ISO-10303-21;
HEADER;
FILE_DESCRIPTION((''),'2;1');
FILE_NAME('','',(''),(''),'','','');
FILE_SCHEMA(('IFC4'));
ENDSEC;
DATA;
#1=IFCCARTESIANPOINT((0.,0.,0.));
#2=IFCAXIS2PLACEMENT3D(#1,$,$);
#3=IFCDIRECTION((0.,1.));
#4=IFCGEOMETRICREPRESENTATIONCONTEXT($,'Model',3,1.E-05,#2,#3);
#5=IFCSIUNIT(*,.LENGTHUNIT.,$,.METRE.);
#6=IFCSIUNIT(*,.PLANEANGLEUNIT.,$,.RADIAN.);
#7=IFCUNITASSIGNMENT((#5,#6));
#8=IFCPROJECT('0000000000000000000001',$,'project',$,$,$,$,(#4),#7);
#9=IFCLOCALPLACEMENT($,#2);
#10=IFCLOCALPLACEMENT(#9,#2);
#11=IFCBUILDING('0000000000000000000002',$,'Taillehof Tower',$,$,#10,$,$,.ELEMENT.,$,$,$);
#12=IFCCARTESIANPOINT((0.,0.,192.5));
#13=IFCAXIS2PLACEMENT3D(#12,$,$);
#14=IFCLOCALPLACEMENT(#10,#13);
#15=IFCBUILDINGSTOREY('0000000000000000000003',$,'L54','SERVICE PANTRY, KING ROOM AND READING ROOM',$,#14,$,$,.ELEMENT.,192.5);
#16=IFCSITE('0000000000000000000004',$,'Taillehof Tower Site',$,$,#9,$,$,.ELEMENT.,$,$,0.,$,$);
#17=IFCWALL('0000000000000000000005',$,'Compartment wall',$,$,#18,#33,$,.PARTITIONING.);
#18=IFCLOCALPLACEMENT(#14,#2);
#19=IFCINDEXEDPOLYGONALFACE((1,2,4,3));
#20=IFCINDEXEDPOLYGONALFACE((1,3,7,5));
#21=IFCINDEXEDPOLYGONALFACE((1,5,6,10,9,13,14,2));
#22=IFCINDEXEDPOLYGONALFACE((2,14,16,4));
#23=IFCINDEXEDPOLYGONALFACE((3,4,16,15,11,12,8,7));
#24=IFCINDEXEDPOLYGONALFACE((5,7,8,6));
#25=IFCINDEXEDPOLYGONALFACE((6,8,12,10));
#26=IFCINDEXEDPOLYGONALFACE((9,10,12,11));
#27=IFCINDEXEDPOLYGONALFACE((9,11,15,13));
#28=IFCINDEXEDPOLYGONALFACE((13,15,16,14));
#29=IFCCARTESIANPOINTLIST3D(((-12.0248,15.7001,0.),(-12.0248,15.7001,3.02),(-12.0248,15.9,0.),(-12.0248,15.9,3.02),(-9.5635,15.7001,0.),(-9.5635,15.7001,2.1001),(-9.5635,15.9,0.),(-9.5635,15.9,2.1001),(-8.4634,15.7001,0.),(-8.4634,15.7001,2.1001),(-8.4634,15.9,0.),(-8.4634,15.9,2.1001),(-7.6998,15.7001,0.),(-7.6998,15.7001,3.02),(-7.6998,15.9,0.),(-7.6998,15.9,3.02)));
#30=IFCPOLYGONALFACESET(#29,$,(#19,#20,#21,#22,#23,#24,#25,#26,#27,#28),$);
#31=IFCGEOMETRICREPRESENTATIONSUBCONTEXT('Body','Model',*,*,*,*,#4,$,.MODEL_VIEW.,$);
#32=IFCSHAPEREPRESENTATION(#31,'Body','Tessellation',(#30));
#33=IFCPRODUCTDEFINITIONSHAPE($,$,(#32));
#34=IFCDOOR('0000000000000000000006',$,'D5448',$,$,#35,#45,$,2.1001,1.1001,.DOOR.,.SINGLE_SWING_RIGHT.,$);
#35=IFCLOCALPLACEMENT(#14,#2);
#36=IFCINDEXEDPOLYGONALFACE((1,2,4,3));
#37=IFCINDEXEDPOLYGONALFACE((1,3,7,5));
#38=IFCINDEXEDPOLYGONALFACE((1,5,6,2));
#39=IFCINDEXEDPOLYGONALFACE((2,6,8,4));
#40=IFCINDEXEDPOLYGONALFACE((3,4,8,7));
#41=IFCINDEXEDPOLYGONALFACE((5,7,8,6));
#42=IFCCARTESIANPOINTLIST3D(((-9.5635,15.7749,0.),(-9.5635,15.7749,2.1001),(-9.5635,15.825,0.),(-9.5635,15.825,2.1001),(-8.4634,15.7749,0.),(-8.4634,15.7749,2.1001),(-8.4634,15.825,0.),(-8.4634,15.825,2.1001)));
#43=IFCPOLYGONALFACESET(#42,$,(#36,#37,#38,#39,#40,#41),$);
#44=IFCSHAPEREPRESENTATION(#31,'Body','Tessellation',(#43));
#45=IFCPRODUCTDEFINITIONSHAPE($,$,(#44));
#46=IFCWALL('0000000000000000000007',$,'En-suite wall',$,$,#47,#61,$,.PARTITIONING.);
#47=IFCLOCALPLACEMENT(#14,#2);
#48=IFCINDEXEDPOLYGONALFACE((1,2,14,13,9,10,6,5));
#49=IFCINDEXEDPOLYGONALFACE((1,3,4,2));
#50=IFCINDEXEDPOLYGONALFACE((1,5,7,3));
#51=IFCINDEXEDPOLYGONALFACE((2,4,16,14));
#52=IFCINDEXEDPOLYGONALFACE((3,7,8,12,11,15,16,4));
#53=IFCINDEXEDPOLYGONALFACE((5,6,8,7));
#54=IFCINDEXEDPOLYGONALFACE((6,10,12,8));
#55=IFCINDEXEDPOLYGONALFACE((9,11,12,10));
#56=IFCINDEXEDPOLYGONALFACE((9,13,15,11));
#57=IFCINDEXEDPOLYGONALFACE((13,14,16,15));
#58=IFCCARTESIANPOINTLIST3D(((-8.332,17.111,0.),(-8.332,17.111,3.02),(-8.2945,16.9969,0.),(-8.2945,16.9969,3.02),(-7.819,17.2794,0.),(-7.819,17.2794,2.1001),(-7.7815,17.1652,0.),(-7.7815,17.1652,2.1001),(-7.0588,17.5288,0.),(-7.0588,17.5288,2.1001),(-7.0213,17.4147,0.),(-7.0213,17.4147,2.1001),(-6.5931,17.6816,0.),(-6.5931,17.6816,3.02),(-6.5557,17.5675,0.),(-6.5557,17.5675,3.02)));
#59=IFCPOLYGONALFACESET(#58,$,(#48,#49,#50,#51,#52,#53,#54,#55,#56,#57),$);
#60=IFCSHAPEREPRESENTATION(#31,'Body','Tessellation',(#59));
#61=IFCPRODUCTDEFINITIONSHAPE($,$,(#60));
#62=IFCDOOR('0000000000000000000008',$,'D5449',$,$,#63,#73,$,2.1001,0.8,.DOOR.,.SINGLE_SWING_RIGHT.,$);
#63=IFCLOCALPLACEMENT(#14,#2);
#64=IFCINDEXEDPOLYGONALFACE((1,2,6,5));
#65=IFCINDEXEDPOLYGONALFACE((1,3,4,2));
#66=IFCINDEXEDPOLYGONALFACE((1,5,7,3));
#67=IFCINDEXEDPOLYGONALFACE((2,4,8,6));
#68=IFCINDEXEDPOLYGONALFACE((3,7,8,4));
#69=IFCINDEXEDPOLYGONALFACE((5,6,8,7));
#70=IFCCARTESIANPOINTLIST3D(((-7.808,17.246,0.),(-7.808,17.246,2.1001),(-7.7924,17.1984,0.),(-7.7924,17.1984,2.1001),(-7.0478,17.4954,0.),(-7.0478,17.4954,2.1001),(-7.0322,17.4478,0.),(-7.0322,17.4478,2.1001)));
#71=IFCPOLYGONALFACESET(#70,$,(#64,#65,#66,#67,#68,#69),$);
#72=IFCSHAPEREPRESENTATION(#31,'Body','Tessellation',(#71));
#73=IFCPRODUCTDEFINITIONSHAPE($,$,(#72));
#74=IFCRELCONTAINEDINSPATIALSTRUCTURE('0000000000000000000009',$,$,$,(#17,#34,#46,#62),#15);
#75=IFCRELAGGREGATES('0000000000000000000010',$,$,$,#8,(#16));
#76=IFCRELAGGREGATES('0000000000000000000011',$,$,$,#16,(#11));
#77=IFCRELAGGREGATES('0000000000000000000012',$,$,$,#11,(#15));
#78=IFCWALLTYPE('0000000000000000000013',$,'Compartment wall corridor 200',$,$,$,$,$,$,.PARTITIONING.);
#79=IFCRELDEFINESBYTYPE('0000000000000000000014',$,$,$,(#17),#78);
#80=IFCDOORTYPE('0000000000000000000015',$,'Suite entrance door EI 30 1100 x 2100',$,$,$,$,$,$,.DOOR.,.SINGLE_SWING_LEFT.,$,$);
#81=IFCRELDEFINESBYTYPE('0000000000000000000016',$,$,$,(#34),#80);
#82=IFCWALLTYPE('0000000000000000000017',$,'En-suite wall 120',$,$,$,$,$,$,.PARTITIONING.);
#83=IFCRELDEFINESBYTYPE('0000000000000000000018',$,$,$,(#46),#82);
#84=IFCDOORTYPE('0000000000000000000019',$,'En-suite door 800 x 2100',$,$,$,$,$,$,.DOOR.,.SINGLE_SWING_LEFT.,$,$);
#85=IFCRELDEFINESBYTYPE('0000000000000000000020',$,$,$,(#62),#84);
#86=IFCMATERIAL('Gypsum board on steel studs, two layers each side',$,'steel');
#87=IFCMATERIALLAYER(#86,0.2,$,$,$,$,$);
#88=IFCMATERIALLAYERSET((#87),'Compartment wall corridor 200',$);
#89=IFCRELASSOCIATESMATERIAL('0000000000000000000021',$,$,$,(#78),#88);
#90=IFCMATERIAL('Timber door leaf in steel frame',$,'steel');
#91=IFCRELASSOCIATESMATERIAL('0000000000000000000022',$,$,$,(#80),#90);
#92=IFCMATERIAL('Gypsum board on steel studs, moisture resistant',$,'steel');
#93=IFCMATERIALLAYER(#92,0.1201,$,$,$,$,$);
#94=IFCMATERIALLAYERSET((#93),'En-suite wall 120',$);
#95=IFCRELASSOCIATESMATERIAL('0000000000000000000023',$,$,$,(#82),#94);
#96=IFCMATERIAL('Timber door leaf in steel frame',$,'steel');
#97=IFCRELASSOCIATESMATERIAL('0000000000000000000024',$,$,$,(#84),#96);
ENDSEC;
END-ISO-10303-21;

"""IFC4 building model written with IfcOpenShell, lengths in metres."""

from ifc_helpers import new_model, si_unit, direction, frame, frame_2d, origin, place, context, subcontext, project, spatial, rectangle, extrude, material, layer, layer_set, type_object, element, fill, save


model = new_model("IFC4")

# Units and contexts
model_context = context("Model", 3, precision=1e-05, world=origin(), true_north=direction((0.0, 1.0)))
body_context = subcontext(model_context, "Body", "Model", "MODEL_VIEW")
ifc_project = project(units=[si_unit("LENGTHUNIT", "METRE"), si_unit("PLANEANGLEUNIT", "RADIAN")], contexts=[model_context])

# Site, building, storey
site_placement = place(None, origin())
site = spatial("IfcSite", under=ifc_project, at=site_placement, Name="Taillehof Tower Site", CompositionType="ELEMENT", RefElevation=0.0)
building_placement = place(site_placement, origin())
building = spatial("IfcBuilding", under=site, at=building_placement, Name="Taillehof Tower", CompositionType="ELEMENT")
storey_placement = place(building_placement, frame((0.0, 0.0, 192.5)))
storey = spatial("IfcBuildingStorey", under=building, at=storey_placement, Name="L54", Description="SERVICE PANTRY, KING ROOM AND READING ROOM", CompositionType="ELEMENT", Elevation=192.5)

# Shared definitions
ifc_material_1 = material(Name="Gypsum board on steel studs, two layers each side", Category="steel")
ifc_layer_1 = layer(ifc_material_1, 0.2)
ifc_layer_set_1 = layer_set([ifc_layer_1], Name="Compartment wall corridor 200")
wall_type_1 = type_object("IfcWallType", Name="Compartment wall corridor 200", PredefinedType="PARTITIONING", material=ifc_layer_set_1)

# Walls, openings, doors
wall_1_placement = place(storey_placement, frame((-12.0249, 15.8, 0.0), z_axis=(0.0, 0.0, 1.0), x_axis=(1.0, 0.0, 0.0)))
wall_1 = element("IfcWall", 1, at=wall_1_placement, inside=storey, type_object=wall_type_1, Name="Compartment wall", PredefinedType="PARTITIONING", context=body_context, shape_type="SweptSolid", body=[
    extrude(rectangle(XDim=4.325, YDim=0.2, at=frame_2d((2.1626, 0.0))), origin(), (0.0, 0.0, 1.0), 3.02),
])
opening_1_placement = place(wall_1_placement, frame((2.4614, 0.0, 0.0)))
opening_1 = element("IfcOpeningElement", 2, at=opening_1_placement, cuts=wall_1, PredefinedType="OPENING", context=body_context, shape_type="SweptSolid", body=[
    extrude(rectangle(XDim=1.1001, YDim=2.1001, at=frame_2d((0.55, 1.05))), frame((0.0, 0.1099, 0.0), z_axis=(0.0, -1.0, 0.0), x_axis=(1.0, 0.0, 0.0)), (0.0, 0.0, 1.0), 0.22),
])
ifc_material_2 = material(Name="Timber door leaf in steel frame", Category="steel")
door_type_1 = type_object("IfcDoorType", Name="Suite entrance door EI 30 1100 x 2100", OperationType="SINGLE_SWING_LEFT", PredefinedType="DOOR", material=ifc_material_2)
door_1_placement = place(opening_1_placement, origin())
door_1 = element("IfcDoor", 3, at=door_1_placement, inside=storey, type_object=door_type_1, Name="D5448", OperationType="SINGLE_SWING_RIGHT", OverallHeight=2.1001, OverallWidth=1.1001, PredefinedType="DOOR", context=body_context, shape_type="SweptSolid", body=[
    extrude(rectangle(XDim=1.1001, YDim=2.1001, at=frame_2d((0.55, 1.05))), frame((0.0, 0.0249, 0.0), z_axis=(0.0, -1.0, 0.0), x_axis=(1.0, 0.0, 0.0)), (0.0, 0.0, 1.0), 0.05),
])
fill(opening_1, door_1)
ifc_material_3 = material(Name="Gypsum board on steel studs, moisture resistant", Category="steel")
ifc_layer_2 = layer(ifc_material_3, 0.1201)
ifc_layer_set_2 = layer_set([ifc_layer_2], Name="En-suite wall 120")
wall_type_2 = type_object("IfcWallType", Name="En-suite wall 120", PredefinedType="PARTITIONING", material=ifc_layer_set_2)
wall_2_placement = place(storey_placement, frame((-8.3132, 17.054, 0.0), z_axis=(0.0, 0.0, 1.0), x_axis=(0.950154, 0.311782, 0.0)))
wall_2 = element("IfcWall", 4, at=wall_2_placement, inside=storey, type_object=wall_type_2, Name="En-suite wall", PredefinedType="PARTITIONING", context=body_context, shape_type="SweptSolid", body=[
    extrude(rectangle(XDim=1.8301, YDim=0.1201, at=frame_2d((0.915, 0.0))), origin(), (0.0, 0.0, 1.0), 3.02),
])
opening_2_placement = place(wall_2_placement, frame((0.54, 0.0, 0.0)))
opening_2 = element("IfcOpeningElement", 5, at=opening_2_placement, cuts=wall_2, PredefinedType="OPENING", context=body_context, shape_type="SweptSolid", body=[
    extrude(rectangle(XDim=0.8, YDim=2.1001, at=frame_2d((0.3999, 1.05))), frame((0.0, 0.0701, 0.0), z_axis=(0.0, -1.0, 0.0), x_axis=(1.0, 0.0, 0.0)), (0.0, 0.0, 1.0), 0.1401),
])
ifc_material_4 = material(Name="Timber door leaf in steel frame", Category="steel")
door_type_2 = type_object("IfcDoorType", Name="En-suite door 800 x 2100", OperationType="SINGLE_SWING_LEFT", PredefinedType="DOOR", material=ifc_material_4)
door_2_placement = place(opening_2_placement, origin())
door_2 = element("IfcDoor", 6, at=door_2_placement, inside=storey, type_object=door_type_2, Name="D5449", OperationType="SINGLE_SWING_RIGHT", OverallHeight=2.1001, OverallWidth=0.8, PredefinedType="DOOR", context=body_context, shape_type="SweptSolid", body=[
    extrude(rectangle(XDim=0.8, YDim=2.1001, at=frame_2d((0.3999, 1.05))), frame((0.0, 0.0249, 0.0), z_axis=(0.0, -1.0, 0.0), x_axis=(1.0, 0.0, 0.0)), (0.0, 0.0, 1.0), 0.05),
])
fill(opening_2, door_2)

save(model, "model.ifc")
